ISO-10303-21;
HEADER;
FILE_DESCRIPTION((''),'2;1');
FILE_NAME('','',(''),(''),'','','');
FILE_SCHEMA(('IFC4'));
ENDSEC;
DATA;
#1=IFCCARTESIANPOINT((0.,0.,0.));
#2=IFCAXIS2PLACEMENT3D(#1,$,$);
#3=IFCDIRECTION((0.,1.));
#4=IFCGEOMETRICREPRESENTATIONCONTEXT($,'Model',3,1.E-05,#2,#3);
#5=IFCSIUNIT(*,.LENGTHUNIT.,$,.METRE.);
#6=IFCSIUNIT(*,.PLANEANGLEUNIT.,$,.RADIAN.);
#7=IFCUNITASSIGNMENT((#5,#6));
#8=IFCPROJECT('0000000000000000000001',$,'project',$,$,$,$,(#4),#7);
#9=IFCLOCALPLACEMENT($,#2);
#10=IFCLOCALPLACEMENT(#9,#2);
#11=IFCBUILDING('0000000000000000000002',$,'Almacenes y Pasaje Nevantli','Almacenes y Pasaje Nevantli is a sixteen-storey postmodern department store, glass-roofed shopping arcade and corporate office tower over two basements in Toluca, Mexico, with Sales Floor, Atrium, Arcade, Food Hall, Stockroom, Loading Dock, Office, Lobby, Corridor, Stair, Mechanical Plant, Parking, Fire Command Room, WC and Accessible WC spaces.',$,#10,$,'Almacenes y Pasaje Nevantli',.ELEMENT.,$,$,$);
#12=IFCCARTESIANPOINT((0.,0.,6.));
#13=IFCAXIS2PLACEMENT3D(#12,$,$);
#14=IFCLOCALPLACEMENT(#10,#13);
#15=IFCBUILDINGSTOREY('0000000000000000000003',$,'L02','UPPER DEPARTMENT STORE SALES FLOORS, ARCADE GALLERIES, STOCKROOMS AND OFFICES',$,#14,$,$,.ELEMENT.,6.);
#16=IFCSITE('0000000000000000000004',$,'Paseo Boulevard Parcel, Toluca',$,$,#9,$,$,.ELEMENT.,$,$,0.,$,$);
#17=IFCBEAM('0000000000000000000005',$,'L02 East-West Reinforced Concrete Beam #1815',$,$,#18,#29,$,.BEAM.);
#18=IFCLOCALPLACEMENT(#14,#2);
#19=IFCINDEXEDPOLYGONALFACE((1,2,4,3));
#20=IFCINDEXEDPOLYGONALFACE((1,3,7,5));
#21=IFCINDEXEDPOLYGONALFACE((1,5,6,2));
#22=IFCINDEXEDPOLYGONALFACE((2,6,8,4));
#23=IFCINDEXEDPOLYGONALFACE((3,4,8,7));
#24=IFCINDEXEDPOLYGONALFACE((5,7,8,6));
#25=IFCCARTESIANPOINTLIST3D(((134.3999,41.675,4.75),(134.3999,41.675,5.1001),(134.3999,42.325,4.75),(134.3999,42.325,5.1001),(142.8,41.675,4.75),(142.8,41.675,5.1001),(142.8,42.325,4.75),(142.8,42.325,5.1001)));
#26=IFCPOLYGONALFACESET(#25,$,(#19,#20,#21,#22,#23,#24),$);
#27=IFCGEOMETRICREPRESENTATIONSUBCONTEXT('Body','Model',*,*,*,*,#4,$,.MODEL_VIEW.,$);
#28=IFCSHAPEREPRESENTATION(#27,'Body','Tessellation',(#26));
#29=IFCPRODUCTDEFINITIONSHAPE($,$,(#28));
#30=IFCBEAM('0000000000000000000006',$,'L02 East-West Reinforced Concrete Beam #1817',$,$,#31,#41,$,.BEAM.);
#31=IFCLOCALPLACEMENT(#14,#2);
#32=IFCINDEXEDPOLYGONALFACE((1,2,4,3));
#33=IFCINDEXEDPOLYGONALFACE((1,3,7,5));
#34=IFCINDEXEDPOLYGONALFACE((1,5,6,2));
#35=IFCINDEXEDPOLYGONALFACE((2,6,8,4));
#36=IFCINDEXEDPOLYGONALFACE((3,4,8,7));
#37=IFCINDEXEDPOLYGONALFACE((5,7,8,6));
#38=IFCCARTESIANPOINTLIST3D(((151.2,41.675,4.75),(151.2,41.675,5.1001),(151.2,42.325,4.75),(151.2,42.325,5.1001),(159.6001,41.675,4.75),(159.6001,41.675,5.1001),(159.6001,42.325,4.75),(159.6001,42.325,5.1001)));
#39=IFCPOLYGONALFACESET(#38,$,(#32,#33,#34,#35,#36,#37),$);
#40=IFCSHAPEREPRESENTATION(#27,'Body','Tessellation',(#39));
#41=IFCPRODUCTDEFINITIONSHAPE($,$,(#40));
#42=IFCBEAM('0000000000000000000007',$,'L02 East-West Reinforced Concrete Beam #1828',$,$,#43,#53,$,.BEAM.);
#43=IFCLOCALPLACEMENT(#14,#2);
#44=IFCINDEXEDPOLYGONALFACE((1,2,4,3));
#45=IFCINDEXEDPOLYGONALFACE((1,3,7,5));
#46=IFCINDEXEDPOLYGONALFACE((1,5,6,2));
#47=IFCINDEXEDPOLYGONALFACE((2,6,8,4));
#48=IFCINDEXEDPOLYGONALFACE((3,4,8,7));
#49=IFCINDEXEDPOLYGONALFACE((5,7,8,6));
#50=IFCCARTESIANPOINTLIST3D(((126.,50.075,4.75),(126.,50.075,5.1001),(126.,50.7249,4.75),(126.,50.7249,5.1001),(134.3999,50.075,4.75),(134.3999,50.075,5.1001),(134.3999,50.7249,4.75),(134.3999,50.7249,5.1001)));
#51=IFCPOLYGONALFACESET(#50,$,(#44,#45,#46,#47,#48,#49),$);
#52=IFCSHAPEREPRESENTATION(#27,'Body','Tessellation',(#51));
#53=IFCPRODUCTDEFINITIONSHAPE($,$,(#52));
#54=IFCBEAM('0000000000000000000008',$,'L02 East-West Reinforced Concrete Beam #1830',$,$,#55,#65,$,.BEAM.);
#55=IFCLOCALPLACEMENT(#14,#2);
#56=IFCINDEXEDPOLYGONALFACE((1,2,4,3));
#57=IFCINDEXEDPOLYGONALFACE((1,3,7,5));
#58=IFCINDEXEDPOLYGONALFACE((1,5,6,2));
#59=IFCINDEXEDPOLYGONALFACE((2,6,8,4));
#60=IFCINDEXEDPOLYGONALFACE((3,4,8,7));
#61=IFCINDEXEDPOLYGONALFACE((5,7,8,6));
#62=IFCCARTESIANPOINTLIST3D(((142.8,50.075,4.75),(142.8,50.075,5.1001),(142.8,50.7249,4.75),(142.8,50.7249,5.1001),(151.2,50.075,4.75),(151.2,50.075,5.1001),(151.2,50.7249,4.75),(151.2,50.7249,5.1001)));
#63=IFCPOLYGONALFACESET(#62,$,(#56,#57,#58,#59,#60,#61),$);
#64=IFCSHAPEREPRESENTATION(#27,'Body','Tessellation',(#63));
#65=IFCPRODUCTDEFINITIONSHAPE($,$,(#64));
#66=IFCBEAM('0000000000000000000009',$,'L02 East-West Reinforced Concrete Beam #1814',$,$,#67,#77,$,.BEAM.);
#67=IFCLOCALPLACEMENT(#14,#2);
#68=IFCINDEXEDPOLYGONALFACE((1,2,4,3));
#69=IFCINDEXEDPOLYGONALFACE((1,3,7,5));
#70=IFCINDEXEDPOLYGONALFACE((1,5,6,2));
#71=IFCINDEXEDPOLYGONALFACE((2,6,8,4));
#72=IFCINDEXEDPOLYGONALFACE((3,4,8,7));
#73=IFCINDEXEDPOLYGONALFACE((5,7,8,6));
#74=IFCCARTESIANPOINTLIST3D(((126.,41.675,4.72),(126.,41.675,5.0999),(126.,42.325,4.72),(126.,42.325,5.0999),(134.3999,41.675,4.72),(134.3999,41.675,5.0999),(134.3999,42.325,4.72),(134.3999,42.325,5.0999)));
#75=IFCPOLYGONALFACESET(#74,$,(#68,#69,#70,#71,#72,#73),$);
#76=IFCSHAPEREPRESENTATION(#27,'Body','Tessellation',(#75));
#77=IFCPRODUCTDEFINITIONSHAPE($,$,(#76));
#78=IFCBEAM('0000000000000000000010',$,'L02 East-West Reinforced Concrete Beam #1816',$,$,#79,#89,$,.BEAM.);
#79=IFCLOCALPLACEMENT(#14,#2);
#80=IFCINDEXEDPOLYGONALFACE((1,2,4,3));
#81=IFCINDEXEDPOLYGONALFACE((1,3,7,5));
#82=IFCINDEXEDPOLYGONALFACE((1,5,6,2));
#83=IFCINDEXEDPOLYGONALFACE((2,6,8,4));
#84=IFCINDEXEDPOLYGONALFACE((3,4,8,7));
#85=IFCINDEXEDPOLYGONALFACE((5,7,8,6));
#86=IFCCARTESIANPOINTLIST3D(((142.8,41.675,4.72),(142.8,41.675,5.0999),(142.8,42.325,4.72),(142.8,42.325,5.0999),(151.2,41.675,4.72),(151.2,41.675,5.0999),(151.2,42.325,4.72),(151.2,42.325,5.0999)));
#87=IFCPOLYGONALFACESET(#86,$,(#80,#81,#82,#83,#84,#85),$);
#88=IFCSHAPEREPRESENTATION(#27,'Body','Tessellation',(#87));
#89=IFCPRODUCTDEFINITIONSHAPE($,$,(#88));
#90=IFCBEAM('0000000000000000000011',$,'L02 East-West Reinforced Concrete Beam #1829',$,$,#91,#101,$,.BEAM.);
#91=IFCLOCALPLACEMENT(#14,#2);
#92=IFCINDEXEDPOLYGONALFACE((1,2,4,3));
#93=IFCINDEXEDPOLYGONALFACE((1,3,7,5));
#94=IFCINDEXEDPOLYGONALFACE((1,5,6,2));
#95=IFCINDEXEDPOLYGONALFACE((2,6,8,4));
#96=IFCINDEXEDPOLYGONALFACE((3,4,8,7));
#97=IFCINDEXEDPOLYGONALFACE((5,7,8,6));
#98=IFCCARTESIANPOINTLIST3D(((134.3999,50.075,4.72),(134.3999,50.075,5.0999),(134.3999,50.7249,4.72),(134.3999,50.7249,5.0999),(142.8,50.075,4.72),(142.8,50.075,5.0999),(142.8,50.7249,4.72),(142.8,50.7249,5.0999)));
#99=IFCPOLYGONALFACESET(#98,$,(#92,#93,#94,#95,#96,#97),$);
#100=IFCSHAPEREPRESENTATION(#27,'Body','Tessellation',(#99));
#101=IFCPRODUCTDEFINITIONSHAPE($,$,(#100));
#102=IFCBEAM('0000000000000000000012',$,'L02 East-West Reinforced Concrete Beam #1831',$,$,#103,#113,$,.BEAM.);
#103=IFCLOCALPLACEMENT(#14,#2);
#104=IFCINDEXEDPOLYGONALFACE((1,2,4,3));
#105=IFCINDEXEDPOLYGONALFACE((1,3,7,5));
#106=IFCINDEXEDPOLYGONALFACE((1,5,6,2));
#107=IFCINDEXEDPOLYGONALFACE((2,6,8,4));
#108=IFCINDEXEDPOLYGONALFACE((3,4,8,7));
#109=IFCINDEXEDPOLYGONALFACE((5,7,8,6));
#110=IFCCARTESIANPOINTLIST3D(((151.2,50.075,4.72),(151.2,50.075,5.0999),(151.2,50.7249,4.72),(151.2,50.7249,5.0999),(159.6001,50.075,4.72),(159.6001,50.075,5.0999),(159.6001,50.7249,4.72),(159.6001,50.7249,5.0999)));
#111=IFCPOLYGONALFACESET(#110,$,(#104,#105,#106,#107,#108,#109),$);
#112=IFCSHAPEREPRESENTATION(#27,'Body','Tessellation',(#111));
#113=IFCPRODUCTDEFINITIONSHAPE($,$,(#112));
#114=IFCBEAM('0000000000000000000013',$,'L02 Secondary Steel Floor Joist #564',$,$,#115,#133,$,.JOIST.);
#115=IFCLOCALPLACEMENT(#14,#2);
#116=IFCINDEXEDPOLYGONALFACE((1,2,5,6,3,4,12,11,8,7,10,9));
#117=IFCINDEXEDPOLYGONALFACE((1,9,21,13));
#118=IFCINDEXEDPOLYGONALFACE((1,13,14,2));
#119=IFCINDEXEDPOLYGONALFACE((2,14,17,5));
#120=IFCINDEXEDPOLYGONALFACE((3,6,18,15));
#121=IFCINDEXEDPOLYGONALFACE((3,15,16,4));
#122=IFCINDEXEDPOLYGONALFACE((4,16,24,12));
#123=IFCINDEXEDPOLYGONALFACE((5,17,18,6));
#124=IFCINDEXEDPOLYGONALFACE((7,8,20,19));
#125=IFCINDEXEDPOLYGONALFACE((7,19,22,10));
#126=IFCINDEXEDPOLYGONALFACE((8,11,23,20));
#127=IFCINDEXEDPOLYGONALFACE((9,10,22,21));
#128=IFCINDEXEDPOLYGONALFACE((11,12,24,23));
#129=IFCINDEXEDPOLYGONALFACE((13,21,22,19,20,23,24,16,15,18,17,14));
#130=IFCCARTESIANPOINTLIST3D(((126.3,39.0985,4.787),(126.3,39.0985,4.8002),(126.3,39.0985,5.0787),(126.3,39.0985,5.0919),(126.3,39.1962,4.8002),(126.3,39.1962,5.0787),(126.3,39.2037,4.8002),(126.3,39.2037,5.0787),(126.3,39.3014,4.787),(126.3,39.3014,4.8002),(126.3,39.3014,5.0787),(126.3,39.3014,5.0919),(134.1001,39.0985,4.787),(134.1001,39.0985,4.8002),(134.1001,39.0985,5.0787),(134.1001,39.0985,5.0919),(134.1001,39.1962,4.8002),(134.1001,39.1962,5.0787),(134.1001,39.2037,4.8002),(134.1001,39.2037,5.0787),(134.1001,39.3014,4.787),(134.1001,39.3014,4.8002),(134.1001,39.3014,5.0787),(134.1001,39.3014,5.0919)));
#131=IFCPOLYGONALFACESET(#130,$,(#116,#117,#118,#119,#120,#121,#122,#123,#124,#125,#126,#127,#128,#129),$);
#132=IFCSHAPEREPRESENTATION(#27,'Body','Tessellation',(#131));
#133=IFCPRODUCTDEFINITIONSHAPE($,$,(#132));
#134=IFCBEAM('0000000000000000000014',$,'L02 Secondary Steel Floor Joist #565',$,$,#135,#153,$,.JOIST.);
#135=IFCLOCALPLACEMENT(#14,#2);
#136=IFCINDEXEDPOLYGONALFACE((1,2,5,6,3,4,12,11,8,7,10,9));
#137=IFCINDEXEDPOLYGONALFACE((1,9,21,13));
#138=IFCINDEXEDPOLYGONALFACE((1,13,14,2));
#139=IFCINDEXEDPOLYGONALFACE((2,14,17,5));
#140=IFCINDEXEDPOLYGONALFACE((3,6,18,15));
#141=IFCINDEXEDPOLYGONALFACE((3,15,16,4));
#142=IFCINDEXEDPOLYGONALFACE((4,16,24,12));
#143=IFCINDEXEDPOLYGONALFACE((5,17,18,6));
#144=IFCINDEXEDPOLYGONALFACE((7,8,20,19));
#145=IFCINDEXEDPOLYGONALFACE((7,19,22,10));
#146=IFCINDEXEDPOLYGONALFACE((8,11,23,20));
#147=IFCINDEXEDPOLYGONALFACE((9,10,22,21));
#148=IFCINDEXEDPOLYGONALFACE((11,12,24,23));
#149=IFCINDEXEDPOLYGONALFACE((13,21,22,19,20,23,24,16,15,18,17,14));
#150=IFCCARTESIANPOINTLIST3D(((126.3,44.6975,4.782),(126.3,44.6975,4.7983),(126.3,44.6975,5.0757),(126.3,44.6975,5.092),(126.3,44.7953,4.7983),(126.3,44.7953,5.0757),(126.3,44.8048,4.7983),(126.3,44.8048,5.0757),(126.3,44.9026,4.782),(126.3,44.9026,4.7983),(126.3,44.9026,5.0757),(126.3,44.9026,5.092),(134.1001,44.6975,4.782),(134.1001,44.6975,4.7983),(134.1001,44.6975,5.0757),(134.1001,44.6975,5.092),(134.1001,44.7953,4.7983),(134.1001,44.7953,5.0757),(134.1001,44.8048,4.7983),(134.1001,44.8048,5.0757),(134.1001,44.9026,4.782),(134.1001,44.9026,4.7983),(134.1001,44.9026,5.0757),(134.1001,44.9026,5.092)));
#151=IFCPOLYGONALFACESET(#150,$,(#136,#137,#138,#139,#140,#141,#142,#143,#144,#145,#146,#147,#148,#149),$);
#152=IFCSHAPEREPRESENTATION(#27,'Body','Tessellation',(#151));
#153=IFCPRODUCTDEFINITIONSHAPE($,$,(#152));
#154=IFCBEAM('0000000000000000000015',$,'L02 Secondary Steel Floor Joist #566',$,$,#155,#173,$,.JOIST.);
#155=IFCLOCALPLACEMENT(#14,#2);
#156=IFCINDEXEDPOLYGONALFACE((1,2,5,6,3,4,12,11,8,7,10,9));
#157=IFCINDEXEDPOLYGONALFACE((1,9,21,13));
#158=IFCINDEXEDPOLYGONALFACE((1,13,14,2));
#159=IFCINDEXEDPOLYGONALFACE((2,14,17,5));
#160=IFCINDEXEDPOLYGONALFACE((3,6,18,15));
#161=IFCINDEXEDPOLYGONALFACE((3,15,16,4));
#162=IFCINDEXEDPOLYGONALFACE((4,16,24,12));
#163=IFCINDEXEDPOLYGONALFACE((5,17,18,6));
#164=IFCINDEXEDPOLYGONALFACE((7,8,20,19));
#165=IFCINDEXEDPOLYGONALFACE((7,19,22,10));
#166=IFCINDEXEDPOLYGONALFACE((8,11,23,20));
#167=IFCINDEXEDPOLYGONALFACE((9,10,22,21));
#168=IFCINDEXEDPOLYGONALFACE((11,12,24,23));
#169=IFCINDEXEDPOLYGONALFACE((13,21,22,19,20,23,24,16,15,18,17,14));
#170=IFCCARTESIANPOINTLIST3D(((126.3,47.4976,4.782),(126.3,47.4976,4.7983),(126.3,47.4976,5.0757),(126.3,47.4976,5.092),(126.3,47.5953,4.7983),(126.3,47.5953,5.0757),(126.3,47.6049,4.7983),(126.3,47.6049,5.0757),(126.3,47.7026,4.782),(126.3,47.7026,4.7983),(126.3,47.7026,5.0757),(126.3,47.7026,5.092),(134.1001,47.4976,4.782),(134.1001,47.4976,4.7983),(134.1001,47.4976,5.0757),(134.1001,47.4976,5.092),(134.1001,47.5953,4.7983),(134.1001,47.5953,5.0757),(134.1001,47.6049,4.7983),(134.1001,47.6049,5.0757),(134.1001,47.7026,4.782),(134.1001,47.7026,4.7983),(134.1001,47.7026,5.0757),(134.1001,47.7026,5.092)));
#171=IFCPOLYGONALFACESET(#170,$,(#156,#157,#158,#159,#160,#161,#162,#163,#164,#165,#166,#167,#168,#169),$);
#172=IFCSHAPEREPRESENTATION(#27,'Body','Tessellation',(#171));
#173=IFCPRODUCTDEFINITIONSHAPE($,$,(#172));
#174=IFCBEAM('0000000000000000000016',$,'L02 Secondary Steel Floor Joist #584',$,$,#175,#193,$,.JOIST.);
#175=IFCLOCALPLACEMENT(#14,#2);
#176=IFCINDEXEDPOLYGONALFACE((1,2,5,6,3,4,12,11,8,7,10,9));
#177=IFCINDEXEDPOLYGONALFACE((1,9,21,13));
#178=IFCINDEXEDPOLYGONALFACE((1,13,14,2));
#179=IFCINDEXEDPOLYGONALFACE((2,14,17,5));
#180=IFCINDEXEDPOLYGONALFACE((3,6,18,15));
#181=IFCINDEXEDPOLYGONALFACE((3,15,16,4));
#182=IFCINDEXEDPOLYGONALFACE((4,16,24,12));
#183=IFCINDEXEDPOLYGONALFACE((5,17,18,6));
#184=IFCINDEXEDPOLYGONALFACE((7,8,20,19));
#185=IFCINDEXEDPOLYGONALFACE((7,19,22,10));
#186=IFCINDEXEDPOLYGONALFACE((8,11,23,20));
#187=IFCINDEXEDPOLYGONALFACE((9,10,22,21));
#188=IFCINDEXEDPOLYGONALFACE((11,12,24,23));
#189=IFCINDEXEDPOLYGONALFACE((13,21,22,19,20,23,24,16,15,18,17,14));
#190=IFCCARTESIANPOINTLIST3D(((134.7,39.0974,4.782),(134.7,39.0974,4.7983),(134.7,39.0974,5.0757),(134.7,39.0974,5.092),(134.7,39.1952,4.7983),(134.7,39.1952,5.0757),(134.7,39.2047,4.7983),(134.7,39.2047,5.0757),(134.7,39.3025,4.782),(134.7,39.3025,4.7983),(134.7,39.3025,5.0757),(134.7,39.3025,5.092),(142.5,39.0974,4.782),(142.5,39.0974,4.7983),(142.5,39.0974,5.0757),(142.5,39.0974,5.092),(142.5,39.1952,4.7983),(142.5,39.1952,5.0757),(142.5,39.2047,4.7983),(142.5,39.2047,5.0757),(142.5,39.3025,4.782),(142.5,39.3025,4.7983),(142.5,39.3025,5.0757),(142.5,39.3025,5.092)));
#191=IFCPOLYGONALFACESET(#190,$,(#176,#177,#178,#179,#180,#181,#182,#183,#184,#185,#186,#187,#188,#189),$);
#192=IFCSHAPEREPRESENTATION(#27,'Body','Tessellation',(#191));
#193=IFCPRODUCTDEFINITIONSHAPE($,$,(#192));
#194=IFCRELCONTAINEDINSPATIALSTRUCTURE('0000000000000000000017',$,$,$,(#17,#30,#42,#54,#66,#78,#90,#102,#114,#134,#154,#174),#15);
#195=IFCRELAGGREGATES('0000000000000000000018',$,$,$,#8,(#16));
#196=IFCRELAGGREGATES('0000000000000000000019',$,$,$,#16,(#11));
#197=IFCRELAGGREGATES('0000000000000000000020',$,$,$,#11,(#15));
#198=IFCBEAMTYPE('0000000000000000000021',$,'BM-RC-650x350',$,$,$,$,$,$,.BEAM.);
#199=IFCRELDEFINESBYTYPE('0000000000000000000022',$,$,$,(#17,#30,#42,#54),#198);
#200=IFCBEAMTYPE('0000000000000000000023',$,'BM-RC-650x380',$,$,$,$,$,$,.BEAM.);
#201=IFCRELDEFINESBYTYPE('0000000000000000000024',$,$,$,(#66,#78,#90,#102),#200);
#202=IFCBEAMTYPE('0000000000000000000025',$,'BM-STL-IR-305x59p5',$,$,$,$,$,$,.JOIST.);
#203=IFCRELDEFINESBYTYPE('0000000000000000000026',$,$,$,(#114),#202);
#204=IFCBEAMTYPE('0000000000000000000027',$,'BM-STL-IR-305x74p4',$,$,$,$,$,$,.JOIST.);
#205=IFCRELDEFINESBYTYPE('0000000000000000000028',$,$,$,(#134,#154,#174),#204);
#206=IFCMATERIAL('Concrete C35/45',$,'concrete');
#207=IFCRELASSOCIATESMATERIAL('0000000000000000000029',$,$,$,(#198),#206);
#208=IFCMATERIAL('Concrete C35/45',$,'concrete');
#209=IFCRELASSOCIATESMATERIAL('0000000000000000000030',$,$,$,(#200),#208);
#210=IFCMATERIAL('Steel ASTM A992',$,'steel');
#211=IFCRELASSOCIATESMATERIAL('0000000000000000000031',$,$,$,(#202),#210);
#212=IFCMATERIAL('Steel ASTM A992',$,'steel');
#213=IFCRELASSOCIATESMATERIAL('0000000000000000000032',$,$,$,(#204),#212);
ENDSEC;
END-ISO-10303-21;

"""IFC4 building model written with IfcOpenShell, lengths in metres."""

from ifc_helpers import new_model, si_unit, direction, frame, origin, origin_2d, place, context, subcontext, project, spatial, rectangle, i_section, extrude, material, material_profile, profile_set, type_object, element, save


model = new_model("IFC4")

# Units and contexts
model_context = context("Model", 3, precision=1e-05, world=origin(), true_north=direction((0.0, 1.0)))
body_context = subcontext(model_context, "Body", "Model", "MODEL_VIEW")
ifc_project = project(units=[si_unit("LENGTHUNIT", "METRE"), si_unit("PLANEANGLEUNIT", "RADIAN")], contexts=[model_context])

# Site, building, storey
site_placement = place(None, origin())
site = spatial("IfcSite", under=ifc_project, at=site_placement, Name="Paseo Boulevard Parcel, Toluca", CompositionType="ELEMENT", RefElevation=0.0)
building_placement = place(site_placement, origin())
building = spatial("IfcBuilding", under=site, at=building_placement, Name="Almacenes y Pasaje Nevantli", Description="Almacenes y Pasaje Nevantli is a sixteen-storey postmodern department store, glass-roofed shopping arcade and corporate office tower over two basements in Toluca, Mexico, with Sales Floor, Atrium, Arcade, Food Hall, Stockroom, Loading Dock, Office, Lobby, Corridor, Stair, Mechanical Plant, Parking, Fire Command Room, WC and Accessible WC spaces.", LongName="Almacenes y Pasaje Nevantli", CompositionType="ELEMENT")
storey_placement = place(building_placement, frame((0.0, 0.0, 6.0)))
storey = spatial("IfcBuildingStorey", under=building, at=storey_placement, Name="L02", Description="UPPER DEPARTMENT STORE SALES FLOORS, ARCADE GALLERIES, STOCKROOMS AND OFFICES", CompositionType="ELEMENT", Elevation=6.0)

# Beams
ifc_material_1 = material(Name="Concrete C35/45", Category="concrete")
ifc_material_profile_1 = material_profile(ifc_material_1, rectangle(XDim=0.6499, YDim=0.3501, at=origin_2d()), Name="RC-BM-650x350")
ifc_profile_set_1 = profile_set([ifc_material_profile_1], Name="Concrete C35/45")
beam_type_1 = type_object("IfcBeamType", Name="BM-RC-650x350", PredefinedType="BEAM", material=ifc_profile_set_1)
for number, where, z_axis, x_axis, name in (
    (1, (134.3999, 42.0, 4.925), (1.0, 0.0, 0.0), (0.0, 1.0, 0.0), "L02 East-West Reinforced Concrete Beam #1815"),
    (2, (151.2, 42.0, 4.925), (1.0, 0.0, 0.0), (0.0, 1.0, 0.0), "L02 East-West Reinforced Concrete Beam #1817"),
):
    element("IfcBeam", number, at=place(storey_placement, frame(where, z_axis=z_axis, x_axis=x_axis)), inside=storey, type_object=beam_type_1, Name=name, PredefinedType="BEAM", context=body_context, shape_type="SweptSolid", body=[
        extrude(rectangle(XDim=0.6499, YDim=0.3501, at=origin_2d()), origin(), (0.0, 0.0, 1.0), 8.4001),
    ])
for number, where, z_axis, x_axis, name in (
    (3, (126.0, 50.3999, 4.925), (1.0, 0.0, 0.0), (0.0, 1.0, 0.0), "L02 East-West Reinforced Concrete Beam #1828"),
    (4, (142.8, 50.3999, 4.925), (1.0, 0.0, 0.0), (0.0, 1.0, 0.0), "L02 East-West Reinforced Concrete Beam #1830"),
):
    element("IfcBeam", number, at=place(storey_placement, frame(where, z_axis=z_axis, x_axis=x_axis)), inside=storey, type_object=beam_type_1, Name=name, PredefinedType="BEAM", context=body_context, shape_type="SweptSolid", body=[
        extrude(rectangle(XDim=0.6499, YDim=0.3501, at=origin_2d()), origin(), (0.0, 0.0, 1.0), 8.3999),
    ])
ifc_material_2 = material(Name="Concrete C35/45", Category="concrete")
ifc_material_profile_2 = material_profile(ifc_material_2, rectangle(XDim=0.6499, YDim=0.3799, at=origin_2d()), Name="RC-BM-650x380")
ifc_profile_set_2 = profile_set([ifc_material_profile_2], Name="Concrete C35/45")
beam_type_2 = type_object("IfcBeamType", Name="BM-RC-650x380", PredefinedType="BEAM", material=ifc_profile_set_2)
for number, where, z_axis, x_axis, name in (
    (5, (126.0, 42.0, 4.9099), (1.0, 0.0, 0.0), (0.0, 1.0, 0.0), "L02 East-West Reinforced Concrete Beam #1814"),
    (6, (142.8, 42.0, 4.9099), (1.0, 0.0, 0.0), (0.0, 1.0, 0.0), "L02 East-West Reinforced Concrete Beam #1816"),
):
    element("IfcBeam", number, at=place(storey_placement, frame(where, z_axis=z_axis, x_axis=x_axis)), inside=storey, type_object=beam_type_2, Name=name, PredefinedType="BEAM", context=body_context, shape_type="SweptSolid", body=[
        extrude(rectangle(XDim=0.6499, YDim=0.3799, at=origin_2d()), origin(), (0.0, 0.0, 1.0), 8.3999),
    ])
for number, where, z_axis, x_axis, name in (
    (7, (134.3999, 50.3999, 4.9099), (1.0, 0.0, 0.0), (0.0, 1.0, 0.0), "L02 East-West Reinforced Concrete Beam #1829"),
    (8, (151.2, 50.3999, 4.9099), (1.0, 0.0, 0.0), (0.0, 1.0, 0.0), "L02 East-West Reinforced Concrete Beam #1831"),
):
    element("IfcBeam", number, at=place(storey_placement, frame(where, z_axis=z_axis, x_axis=x_axis)), inside=storey, type_object=beam_type_2, Name=name, PredefinedType="BEAM", context=body_context, shape_type="SweptSolid", body=[
        extrude(rectangle(XDim=0.6499, YDim=0.3799, at=origin_2d()), origin(), (0.0, 0.0, 1.0), 8.4001),
    ])
ifc_material_3 = material(Name="Steel ASTM A992", Category="steel")
ifc_material_profile_3 = material_profile(ifc_material_3, i_section(OverallWidth=0.2029, OverallDepth=0.3049, WebThickness=0.0076, FlangeThickness=0.0132, at=origin_2d()), Name="IR 305x59.5")
ifc_profile_set_3 = profile_set([ifc_material_profile_3], Name="Steel ASTM A992")
beam_type_3 = type_object("IfcBeamType", Name="BM-STL-IR-305x59p5", PredefinedType="JOIST", material=ifc_profile_set_3)
beam_1_placement = place(storey_placement, frame((126.3, 39.2, 4.9395), z_axis=(1.0, 0.0, 0.0), x_axis=(0.0, 1.0, 0.0)))
element("IfcBeam", 9, at=beam_1_placement, inside=storey, type_object=beam_type_3, Name="L02 Secondary Steel Floor Joist #564", PredefinedType="JOIST", context=body_context, shape_type="SweptSolid", body=[
    extrude(i_section(OverallWidth=0.2029, OverallDepth=0.3049, WebThickness=0.0076, FlangeThickness=0.0132, at=origin_2d()), origin(), (0.0, 0.0, 1.0), 7.8),
])
ifc_material_4 = material(Name="Steel ASTM A992", Category="steel")
ifc_material_profile_4 = material_profile(ifc_material_4, i_section(OverallWidth=0.2051, OverallDepth=0.3101, WebThickness=0.0095, FlangeThickness=0.0164, at=origin_2d()), Name="IR 305x74.4")
ifc_profile_set_4 = profile_set([ifc_material_profile_4], Name="Steel ASTM A992")
beam_type_4 = type_object("IfcBeamType", Name="BM-STL-IR-305x74p4", PredefinedType="JOIST", material=ifc_profile_set_4)
for number, where, z_axis, x_axis, name in (
    (10, (126.3, 44.8, 4.937), (1.0, 0.0, 0.0), (0.0, 1.0, 0.0), "L02 Secondary Steel Floor Joist #565"),
    (11, (126.3, 47.6001, 4.937), (1.0, 0.0, 0.0), (0.0, 1.0, 0.0), "L02 Secondary Steel Floor Joist #566"),
    (12, (134.7, 39.2, 4.937), (1.0, 0.0, 0.0), (0.0, 1.0, 0.0), "L02 Secondary Steel Floor Joist #584"),
):
    element("IfcBeam", number, at=place(storey_placement, frame(where, z_axis=z_axis, x_axis=x_axis)), inside=storey, type_object=beam_type_4, Name=name, PredefinedType="JOIST", context=body_context, shape_type="SweptSolid", body=[
        extrude(i_section(OverallWidth=0.2051, OverallDepth=0.3101, WebThickness=0.0095, FlangeThickness=0.0164, at=origin_2d()), origin(), (0.0, 0.0, 1.0), 7.8),
    ])

save(model, "model.ifc")
